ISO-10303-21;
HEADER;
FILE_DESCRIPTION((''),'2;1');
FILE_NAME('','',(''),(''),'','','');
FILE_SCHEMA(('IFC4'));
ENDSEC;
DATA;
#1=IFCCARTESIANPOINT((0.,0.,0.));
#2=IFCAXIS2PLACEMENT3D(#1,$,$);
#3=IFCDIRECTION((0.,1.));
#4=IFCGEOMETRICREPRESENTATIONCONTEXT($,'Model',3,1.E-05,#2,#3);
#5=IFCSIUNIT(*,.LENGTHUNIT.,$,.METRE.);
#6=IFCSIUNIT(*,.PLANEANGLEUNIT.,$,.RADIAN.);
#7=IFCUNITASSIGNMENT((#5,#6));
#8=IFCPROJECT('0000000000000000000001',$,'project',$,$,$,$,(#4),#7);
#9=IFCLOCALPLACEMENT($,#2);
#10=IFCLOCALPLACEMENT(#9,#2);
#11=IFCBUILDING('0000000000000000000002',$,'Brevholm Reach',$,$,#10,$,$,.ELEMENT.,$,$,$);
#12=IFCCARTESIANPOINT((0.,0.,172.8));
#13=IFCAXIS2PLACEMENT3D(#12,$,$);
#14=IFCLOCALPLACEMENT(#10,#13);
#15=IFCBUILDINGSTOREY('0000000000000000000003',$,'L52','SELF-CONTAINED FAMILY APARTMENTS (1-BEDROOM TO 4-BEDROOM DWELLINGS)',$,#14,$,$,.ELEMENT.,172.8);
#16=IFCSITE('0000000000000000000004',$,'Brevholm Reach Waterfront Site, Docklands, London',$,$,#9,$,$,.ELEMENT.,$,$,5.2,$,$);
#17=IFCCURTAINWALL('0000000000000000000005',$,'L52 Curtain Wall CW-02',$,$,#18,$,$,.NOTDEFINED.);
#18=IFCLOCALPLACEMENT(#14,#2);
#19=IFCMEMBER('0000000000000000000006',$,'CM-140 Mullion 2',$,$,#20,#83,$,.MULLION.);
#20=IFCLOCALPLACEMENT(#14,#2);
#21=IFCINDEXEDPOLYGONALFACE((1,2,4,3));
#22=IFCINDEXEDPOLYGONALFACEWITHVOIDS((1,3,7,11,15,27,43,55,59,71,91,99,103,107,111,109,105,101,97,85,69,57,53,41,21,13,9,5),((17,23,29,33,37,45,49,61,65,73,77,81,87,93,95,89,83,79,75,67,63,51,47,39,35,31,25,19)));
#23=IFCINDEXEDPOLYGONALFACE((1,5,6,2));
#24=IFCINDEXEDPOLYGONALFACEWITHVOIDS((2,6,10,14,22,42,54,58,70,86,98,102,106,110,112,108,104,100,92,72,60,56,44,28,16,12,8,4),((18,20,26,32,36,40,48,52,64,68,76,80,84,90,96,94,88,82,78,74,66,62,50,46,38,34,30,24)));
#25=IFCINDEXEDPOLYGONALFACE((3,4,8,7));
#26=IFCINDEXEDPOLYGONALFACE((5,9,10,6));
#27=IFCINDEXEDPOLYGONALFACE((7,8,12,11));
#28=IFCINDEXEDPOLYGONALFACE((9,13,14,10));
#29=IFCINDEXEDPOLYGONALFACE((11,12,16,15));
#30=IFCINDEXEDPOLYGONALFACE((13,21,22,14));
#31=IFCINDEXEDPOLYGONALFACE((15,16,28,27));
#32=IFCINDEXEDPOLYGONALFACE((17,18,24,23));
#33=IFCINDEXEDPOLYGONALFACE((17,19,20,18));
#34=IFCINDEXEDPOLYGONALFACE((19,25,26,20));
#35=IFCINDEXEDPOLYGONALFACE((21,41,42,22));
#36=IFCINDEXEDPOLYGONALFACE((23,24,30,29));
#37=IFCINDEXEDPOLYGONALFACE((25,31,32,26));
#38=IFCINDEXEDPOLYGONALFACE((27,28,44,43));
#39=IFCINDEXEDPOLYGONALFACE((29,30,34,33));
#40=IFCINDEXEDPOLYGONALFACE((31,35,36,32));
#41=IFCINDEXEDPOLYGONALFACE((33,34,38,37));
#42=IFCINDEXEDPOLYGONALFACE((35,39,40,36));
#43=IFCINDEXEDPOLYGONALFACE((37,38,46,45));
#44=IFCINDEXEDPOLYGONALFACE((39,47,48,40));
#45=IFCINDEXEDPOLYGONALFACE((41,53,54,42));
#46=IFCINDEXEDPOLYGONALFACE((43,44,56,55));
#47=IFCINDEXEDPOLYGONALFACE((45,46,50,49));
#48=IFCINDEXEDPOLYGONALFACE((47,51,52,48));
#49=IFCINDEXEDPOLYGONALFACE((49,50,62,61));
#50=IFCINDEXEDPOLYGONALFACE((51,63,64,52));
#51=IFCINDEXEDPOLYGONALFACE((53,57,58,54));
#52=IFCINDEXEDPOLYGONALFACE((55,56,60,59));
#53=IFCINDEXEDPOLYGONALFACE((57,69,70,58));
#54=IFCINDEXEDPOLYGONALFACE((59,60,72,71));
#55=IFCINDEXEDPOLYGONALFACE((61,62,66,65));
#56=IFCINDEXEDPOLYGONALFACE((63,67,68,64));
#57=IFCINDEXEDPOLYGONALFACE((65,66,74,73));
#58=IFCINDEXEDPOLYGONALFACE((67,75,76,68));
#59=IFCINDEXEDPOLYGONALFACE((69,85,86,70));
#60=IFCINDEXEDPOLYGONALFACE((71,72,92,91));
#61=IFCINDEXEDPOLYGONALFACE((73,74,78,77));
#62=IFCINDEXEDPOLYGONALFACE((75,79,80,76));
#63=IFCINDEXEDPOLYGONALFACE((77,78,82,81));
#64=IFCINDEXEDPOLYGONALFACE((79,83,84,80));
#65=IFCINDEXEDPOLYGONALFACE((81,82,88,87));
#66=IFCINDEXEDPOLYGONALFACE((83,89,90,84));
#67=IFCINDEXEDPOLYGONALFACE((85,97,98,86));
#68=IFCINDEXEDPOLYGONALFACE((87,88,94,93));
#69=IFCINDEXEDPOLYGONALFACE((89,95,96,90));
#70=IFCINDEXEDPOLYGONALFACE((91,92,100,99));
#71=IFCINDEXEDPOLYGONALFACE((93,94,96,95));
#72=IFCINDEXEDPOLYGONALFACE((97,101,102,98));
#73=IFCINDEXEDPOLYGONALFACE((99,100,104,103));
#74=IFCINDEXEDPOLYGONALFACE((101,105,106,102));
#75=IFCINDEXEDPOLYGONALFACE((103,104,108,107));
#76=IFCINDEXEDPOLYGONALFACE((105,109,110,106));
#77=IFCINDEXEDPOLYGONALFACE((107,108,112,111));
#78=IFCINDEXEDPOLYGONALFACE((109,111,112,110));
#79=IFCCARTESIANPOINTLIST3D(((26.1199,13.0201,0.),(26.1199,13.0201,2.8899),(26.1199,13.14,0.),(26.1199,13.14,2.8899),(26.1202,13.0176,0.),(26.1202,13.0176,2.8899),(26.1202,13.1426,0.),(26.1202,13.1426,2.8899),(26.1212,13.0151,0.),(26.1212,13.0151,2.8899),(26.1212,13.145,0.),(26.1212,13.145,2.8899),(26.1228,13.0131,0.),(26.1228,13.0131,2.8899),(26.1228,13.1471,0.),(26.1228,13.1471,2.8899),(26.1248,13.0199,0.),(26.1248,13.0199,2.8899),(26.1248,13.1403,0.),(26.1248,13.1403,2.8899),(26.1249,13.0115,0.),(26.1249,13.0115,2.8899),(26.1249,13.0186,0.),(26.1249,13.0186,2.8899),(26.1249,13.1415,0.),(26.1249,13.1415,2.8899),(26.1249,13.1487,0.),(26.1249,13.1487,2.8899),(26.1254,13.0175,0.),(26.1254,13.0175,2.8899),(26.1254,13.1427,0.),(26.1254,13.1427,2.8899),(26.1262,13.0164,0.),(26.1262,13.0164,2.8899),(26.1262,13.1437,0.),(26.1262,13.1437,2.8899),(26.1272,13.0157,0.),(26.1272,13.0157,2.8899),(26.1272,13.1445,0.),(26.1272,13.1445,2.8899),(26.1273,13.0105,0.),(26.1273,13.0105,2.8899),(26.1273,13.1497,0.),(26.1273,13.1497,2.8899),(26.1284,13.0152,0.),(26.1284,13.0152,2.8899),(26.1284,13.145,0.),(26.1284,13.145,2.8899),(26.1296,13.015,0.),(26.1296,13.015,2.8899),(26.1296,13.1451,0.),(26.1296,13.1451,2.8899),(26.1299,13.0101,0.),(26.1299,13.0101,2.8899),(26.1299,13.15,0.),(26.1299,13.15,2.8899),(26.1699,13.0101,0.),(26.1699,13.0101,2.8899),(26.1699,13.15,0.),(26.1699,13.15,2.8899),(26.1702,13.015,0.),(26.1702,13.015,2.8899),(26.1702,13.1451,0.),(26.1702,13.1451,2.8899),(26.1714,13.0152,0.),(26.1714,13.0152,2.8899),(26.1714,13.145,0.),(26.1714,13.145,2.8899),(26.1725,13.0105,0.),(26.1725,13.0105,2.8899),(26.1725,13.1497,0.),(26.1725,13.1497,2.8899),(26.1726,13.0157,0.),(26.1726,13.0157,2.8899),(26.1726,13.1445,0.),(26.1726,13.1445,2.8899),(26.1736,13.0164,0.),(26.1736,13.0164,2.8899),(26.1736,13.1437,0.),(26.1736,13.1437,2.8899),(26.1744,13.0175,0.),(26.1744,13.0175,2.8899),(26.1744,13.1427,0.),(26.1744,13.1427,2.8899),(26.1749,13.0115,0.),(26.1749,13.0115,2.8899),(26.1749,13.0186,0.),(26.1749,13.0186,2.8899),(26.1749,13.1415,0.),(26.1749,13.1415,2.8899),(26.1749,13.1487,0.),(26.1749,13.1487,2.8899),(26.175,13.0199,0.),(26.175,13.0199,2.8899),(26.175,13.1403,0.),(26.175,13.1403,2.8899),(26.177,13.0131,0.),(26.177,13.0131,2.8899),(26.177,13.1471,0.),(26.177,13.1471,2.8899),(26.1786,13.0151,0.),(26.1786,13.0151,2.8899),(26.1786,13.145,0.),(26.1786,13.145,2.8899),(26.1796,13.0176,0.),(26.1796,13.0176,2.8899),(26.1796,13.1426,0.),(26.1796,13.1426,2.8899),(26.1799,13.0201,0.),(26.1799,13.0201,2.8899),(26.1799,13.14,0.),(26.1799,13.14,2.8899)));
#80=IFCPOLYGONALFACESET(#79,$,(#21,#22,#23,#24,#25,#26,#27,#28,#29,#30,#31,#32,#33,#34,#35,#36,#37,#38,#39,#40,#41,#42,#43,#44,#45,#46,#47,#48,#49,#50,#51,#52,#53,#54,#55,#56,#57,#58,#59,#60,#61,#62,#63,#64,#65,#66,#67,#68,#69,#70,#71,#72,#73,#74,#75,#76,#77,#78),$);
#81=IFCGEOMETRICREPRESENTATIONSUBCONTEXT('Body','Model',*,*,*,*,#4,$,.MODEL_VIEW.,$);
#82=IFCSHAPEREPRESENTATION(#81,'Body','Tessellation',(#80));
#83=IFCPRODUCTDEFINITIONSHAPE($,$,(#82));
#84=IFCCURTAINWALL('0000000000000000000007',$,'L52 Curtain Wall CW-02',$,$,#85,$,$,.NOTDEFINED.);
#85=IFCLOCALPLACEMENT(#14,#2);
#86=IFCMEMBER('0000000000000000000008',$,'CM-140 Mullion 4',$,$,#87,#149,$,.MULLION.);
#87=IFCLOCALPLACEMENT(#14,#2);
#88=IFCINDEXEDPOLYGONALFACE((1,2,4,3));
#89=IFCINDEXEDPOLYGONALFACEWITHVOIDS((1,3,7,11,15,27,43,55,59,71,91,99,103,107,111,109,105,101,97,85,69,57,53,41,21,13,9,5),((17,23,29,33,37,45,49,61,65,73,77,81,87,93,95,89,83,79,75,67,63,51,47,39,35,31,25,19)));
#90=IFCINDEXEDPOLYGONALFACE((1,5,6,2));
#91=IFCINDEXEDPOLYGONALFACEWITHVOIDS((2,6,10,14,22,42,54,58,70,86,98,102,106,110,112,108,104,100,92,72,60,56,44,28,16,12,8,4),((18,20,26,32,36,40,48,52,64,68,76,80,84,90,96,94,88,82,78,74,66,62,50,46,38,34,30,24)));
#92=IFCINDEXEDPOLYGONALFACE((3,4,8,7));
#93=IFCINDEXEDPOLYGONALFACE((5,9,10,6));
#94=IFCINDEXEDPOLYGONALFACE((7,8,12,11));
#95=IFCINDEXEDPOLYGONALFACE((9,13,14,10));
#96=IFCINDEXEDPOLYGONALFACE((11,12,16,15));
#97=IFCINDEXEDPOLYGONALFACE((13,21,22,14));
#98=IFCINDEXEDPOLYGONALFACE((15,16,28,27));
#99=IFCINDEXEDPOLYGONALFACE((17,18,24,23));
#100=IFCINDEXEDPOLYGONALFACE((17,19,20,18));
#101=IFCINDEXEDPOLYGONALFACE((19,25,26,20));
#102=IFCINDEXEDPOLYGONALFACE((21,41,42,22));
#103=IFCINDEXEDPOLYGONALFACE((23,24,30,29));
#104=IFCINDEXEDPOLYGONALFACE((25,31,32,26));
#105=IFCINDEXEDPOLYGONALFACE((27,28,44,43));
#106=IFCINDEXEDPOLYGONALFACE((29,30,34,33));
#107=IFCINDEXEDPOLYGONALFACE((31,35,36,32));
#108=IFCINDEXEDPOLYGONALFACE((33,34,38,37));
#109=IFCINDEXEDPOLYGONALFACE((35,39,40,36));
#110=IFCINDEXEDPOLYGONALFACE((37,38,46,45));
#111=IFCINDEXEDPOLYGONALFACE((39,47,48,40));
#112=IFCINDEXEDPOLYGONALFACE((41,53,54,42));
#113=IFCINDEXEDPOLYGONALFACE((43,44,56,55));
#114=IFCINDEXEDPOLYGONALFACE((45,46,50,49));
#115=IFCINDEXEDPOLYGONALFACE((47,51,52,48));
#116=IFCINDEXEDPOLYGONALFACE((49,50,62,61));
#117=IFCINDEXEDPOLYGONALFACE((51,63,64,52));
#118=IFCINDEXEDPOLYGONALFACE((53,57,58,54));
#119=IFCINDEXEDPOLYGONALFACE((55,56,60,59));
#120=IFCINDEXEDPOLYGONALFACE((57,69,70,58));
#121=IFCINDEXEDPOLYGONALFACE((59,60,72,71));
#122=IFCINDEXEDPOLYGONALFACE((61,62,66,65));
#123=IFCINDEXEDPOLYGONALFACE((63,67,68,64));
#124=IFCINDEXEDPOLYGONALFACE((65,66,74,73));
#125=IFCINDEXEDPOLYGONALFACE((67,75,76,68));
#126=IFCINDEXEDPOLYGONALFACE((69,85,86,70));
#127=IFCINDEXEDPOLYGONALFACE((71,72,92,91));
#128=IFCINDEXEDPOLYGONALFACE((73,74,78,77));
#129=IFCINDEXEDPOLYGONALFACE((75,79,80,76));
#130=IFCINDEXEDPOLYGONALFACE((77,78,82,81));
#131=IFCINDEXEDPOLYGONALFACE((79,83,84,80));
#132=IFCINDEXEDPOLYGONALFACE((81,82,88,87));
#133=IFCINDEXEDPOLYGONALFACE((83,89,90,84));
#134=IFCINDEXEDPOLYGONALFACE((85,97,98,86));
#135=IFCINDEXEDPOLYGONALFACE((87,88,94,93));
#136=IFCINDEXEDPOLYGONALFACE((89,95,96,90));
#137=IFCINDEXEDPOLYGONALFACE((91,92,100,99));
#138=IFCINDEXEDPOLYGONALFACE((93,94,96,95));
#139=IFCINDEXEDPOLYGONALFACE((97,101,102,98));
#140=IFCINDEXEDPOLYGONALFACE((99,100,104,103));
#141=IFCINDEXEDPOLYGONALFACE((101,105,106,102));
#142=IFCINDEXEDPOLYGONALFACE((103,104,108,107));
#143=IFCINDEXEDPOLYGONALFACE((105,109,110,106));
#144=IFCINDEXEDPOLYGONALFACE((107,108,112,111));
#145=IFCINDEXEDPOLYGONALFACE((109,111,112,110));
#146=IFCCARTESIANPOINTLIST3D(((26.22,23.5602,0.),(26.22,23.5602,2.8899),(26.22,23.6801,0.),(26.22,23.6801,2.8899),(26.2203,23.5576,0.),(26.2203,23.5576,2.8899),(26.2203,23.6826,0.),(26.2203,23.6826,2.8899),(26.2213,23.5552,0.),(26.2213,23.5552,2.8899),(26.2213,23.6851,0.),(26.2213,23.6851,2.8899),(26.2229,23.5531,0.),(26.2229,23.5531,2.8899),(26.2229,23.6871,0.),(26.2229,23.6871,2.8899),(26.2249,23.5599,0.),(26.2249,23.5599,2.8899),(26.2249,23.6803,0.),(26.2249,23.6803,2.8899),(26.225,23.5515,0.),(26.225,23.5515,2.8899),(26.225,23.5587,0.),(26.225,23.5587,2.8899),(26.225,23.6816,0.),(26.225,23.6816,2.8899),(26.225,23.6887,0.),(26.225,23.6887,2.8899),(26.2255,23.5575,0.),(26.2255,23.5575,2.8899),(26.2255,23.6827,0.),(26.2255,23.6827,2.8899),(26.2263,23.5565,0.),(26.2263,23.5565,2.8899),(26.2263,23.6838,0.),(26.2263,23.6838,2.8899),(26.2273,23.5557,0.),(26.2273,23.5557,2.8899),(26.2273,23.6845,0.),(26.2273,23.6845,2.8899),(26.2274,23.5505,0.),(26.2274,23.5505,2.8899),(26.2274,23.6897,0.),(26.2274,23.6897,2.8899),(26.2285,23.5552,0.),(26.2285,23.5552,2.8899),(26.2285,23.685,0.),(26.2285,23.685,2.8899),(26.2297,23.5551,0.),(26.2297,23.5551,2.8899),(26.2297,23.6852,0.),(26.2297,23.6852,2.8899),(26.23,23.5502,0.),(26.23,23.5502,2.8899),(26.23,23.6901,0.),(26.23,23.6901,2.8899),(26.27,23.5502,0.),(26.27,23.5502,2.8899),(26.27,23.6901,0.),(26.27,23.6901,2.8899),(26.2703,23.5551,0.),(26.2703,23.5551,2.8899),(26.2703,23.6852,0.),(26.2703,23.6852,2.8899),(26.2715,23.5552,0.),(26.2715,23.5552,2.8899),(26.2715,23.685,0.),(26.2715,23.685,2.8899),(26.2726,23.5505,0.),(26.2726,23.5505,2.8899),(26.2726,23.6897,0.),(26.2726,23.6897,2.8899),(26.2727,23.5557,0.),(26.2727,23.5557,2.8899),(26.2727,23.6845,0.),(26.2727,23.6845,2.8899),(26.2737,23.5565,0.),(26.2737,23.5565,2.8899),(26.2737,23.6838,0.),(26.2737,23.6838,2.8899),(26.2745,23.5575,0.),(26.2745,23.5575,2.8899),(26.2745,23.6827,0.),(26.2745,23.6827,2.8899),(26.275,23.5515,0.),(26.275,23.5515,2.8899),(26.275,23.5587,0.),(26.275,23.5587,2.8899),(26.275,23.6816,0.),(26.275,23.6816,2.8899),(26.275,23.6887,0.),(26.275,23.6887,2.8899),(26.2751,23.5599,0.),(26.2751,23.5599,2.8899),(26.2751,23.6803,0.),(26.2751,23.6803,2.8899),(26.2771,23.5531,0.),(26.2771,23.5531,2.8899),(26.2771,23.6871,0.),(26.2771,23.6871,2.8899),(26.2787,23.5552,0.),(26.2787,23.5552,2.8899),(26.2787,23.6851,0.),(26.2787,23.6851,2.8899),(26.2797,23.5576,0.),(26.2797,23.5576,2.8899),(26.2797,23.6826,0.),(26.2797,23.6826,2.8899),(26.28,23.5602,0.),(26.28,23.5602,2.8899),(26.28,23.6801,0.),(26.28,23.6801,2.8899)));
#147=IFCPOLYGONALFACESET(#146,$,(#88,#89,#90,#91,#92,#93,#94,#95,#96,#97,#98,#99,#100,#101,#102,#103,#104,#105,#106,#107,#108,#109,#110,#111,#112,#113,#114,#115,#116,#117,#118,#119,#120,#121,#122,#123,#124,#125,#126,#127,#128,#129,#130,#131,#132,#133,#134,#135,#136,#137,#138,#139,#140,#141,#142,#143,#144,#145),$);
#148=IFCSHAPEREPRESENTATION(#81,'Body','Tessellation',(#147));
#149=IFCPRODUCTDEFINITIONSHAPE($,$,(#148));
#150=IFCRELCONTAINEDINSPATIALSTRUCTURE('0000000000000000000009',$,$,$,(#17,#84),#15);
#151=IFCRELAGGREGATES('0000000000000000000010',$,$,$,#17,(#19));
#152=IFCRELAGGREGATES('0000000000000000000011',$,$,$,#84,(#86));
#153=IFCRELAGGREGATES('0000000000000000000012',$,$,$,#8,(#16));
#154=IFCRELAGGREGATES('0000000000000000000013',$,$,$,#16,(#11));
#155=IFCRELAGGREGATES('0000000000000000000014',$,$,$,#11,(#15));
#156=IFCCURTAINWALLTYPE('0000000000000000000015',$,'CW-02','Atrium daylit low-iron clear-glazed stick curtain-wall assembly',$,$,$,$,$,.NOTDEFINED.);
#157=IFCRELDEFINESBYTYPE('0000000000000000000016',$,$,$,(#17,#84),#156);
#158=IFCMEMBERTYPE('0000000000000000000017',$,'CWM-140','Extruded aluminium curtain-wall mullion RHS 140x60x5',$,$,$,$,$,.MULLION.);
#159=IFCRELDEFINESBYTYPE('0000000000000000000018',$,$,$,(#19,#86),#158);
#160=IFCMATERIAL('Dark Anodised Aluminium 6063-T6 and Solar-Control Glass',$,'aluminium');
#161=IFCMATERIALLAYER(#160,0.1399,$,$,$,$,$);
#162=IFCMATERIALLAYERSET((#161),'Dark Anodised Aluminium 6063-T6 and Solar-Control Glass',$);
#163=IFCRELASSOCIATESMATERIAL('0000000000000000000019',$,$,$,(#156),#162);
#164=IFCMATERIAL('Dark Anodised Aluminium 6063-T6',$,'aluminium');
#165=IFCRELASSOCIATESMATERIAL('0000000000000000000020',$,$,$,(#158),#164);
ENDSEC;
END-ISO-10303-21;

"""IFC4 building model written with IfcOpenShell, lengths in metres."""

from ifc_helpers import new_model, si_unit, direction, frame, origin, origin_2d, place, context, subcontext, project, spatial, hollow_rectangle, extrude, material, layer, layer_set, material_profile, profile_set, type_object, element, aggregate, save


model = new_model("IFC4")

# Units and contexts
model_context = context("Model", 3, precision=1e-05, world=origin(), true_north=direction((0.0, 1.0)))
body_context = subcontext(model_context, "Body", "Model", "MODEL_VIEW")
ifc_project = project(units=[si_unit("LENGTHUNIT", "METRE"), si_unit("PLANEANGLEUNIT", "RADIAN")], contexts=[model_context])

# Site, building, storey
site_placement = place(None, origin())
site = spatial("IfcSite", under=ifc_project, at=site_placement, Name="Brevholm Reach Waterfront Site, Docklands, London", CompositionType="ELEMENT", RefElevation=5.2)
building_placement = place(site_placement, origin())
building = spatial("IfcBuilding", under=site, at=building_placement, Name="Brevholm Reach", CompositionType="ELEMENT")
storey_placement = place(building_placement, frame((0.0, 0.0, 172.8)))
storey = spatial("IfcBuildingStorey", under=building, at=storey_placement, Name="L52", Description="SELF-CONTAINED FAMILY APARTMENTS (1-BEDROOM TO 4-BEDROOM DWELLINGS)", CompositionType="ELEMENT", Elevation=172.8)

# Curtain wall, member
ifc_material_1 = material(Name="Dark Anodised Aluminium 6063-T6 and Solar-Control Glass", Category="aluminium")
ifc_layer_1 = layer(ifc_material_1, 0.1399)
ifc_layer_set_1 = layer_set([ifc_layer_1], Name="Dark Anodised Aluminium 6063-T6 and Solar-Control Glass")
curtain_wall_type = type_object("IfcCurtainWallType", Name="CW-02", Description="Atrium daylit low-iron clear-glazed stick curtain-wall assembly", PredefinedType="NOTDEFINED", material=ifc_layer_set_1)
curtain_wall_1_placement = place(storey_placement, origin())
curtain_wall_1 = element("IfcCurtainWall", 1, at=curtain_wall_1_placement, inside=storey, type_object=curtain_wall_type, Name="L52 Curtain Wall CW-02", PredefinedType="NOTDEFINED")
ifc_material_2 = material(Name="Dark Anodised Aluminium 6063-T6", Category="aluminium")
ifc_material_profile_1 = material_profile(ifc_material_2, hollow_rectangle(XDim=0.0601, YDim=0.1399, WallThickness=0.0049, InnerFilletRadius=0.0049, OuterFilletRadius=0.01, at=origin_2d()), Name="RHS 140x60x5")
ifc_profile_set_1 = profile_set([ifc_material_profile_1], Name="Dark Anodised Aluminium 6063-T6")
member_type_1 = type_object("IfcMemberType", Name="CWM-140", Description="Extruded aluminium curtain-wall mullion RHS 140x60x5", PredefinedType="MULLION", material=ifc_profile_set_1)
member_1_placement = place(storey_placement, frame((26.1499, 13.0801, 0.0), z_axis=(0.0, 0.0, 1.0), x_axis=(1.0, 0.0, 0.0)))
member_1 = element("IfcMember", 2, at=member_1_placement, type_object=member_type_1, Name="CM-140 Mullion 2", PredefinedType="MULLION", context=body_context, shape_type="SweptSolid", body=[
    extrude(hollow_rectangle(XDim=0.0601, YDim=0.1399, WallThickness=0.0049, InnerFilletRadius=0.0049, OuterFilletRadius=0.01, at=origin_2d()), origin(), (0.0, 0.0, 1.0), 2.8899),
])

# Curtain wall, member
curtain_wall_2_placement = place(storey_placement, origin())
curtain_wall_2 = element("IfcCurtainWall", 3, at=curtain_wall_2_placement, inside=storey, type_object=curtain_wall_type, Name="L52 Curtain Wall CW-02", PredefinedType="NOTDEFINED")
member_2_placement = place(storey_placement, frame((26.25, 23.6201, 0.0), z_axis=(0.0, 0.0, 1.0), x_axis=(-1.0, 0.0, 0.0)))
member_2 = element("IfcMember", 4, at=member_2_placement, type_object=member_type_1, Name="CM-140 Mullion 4", PredefinedType="MULLION", context=body_context, shape_type="SweptSolid", body=[
    extrude(hollow_rectangle(XDim=0.0601, YDim=0.1399, WallThickness=0.0049, InnerFilletRadius=0.0049, OuterFilletRadius=0.01, at=origin_2d()), origin(), (0.0, 0.0, 1.0), 2.8899),
])

aggregate(curtain_wall_1, [member_1])
aggregate(curtain_wall_2, [member_2])

save(model, "model.ifc")
